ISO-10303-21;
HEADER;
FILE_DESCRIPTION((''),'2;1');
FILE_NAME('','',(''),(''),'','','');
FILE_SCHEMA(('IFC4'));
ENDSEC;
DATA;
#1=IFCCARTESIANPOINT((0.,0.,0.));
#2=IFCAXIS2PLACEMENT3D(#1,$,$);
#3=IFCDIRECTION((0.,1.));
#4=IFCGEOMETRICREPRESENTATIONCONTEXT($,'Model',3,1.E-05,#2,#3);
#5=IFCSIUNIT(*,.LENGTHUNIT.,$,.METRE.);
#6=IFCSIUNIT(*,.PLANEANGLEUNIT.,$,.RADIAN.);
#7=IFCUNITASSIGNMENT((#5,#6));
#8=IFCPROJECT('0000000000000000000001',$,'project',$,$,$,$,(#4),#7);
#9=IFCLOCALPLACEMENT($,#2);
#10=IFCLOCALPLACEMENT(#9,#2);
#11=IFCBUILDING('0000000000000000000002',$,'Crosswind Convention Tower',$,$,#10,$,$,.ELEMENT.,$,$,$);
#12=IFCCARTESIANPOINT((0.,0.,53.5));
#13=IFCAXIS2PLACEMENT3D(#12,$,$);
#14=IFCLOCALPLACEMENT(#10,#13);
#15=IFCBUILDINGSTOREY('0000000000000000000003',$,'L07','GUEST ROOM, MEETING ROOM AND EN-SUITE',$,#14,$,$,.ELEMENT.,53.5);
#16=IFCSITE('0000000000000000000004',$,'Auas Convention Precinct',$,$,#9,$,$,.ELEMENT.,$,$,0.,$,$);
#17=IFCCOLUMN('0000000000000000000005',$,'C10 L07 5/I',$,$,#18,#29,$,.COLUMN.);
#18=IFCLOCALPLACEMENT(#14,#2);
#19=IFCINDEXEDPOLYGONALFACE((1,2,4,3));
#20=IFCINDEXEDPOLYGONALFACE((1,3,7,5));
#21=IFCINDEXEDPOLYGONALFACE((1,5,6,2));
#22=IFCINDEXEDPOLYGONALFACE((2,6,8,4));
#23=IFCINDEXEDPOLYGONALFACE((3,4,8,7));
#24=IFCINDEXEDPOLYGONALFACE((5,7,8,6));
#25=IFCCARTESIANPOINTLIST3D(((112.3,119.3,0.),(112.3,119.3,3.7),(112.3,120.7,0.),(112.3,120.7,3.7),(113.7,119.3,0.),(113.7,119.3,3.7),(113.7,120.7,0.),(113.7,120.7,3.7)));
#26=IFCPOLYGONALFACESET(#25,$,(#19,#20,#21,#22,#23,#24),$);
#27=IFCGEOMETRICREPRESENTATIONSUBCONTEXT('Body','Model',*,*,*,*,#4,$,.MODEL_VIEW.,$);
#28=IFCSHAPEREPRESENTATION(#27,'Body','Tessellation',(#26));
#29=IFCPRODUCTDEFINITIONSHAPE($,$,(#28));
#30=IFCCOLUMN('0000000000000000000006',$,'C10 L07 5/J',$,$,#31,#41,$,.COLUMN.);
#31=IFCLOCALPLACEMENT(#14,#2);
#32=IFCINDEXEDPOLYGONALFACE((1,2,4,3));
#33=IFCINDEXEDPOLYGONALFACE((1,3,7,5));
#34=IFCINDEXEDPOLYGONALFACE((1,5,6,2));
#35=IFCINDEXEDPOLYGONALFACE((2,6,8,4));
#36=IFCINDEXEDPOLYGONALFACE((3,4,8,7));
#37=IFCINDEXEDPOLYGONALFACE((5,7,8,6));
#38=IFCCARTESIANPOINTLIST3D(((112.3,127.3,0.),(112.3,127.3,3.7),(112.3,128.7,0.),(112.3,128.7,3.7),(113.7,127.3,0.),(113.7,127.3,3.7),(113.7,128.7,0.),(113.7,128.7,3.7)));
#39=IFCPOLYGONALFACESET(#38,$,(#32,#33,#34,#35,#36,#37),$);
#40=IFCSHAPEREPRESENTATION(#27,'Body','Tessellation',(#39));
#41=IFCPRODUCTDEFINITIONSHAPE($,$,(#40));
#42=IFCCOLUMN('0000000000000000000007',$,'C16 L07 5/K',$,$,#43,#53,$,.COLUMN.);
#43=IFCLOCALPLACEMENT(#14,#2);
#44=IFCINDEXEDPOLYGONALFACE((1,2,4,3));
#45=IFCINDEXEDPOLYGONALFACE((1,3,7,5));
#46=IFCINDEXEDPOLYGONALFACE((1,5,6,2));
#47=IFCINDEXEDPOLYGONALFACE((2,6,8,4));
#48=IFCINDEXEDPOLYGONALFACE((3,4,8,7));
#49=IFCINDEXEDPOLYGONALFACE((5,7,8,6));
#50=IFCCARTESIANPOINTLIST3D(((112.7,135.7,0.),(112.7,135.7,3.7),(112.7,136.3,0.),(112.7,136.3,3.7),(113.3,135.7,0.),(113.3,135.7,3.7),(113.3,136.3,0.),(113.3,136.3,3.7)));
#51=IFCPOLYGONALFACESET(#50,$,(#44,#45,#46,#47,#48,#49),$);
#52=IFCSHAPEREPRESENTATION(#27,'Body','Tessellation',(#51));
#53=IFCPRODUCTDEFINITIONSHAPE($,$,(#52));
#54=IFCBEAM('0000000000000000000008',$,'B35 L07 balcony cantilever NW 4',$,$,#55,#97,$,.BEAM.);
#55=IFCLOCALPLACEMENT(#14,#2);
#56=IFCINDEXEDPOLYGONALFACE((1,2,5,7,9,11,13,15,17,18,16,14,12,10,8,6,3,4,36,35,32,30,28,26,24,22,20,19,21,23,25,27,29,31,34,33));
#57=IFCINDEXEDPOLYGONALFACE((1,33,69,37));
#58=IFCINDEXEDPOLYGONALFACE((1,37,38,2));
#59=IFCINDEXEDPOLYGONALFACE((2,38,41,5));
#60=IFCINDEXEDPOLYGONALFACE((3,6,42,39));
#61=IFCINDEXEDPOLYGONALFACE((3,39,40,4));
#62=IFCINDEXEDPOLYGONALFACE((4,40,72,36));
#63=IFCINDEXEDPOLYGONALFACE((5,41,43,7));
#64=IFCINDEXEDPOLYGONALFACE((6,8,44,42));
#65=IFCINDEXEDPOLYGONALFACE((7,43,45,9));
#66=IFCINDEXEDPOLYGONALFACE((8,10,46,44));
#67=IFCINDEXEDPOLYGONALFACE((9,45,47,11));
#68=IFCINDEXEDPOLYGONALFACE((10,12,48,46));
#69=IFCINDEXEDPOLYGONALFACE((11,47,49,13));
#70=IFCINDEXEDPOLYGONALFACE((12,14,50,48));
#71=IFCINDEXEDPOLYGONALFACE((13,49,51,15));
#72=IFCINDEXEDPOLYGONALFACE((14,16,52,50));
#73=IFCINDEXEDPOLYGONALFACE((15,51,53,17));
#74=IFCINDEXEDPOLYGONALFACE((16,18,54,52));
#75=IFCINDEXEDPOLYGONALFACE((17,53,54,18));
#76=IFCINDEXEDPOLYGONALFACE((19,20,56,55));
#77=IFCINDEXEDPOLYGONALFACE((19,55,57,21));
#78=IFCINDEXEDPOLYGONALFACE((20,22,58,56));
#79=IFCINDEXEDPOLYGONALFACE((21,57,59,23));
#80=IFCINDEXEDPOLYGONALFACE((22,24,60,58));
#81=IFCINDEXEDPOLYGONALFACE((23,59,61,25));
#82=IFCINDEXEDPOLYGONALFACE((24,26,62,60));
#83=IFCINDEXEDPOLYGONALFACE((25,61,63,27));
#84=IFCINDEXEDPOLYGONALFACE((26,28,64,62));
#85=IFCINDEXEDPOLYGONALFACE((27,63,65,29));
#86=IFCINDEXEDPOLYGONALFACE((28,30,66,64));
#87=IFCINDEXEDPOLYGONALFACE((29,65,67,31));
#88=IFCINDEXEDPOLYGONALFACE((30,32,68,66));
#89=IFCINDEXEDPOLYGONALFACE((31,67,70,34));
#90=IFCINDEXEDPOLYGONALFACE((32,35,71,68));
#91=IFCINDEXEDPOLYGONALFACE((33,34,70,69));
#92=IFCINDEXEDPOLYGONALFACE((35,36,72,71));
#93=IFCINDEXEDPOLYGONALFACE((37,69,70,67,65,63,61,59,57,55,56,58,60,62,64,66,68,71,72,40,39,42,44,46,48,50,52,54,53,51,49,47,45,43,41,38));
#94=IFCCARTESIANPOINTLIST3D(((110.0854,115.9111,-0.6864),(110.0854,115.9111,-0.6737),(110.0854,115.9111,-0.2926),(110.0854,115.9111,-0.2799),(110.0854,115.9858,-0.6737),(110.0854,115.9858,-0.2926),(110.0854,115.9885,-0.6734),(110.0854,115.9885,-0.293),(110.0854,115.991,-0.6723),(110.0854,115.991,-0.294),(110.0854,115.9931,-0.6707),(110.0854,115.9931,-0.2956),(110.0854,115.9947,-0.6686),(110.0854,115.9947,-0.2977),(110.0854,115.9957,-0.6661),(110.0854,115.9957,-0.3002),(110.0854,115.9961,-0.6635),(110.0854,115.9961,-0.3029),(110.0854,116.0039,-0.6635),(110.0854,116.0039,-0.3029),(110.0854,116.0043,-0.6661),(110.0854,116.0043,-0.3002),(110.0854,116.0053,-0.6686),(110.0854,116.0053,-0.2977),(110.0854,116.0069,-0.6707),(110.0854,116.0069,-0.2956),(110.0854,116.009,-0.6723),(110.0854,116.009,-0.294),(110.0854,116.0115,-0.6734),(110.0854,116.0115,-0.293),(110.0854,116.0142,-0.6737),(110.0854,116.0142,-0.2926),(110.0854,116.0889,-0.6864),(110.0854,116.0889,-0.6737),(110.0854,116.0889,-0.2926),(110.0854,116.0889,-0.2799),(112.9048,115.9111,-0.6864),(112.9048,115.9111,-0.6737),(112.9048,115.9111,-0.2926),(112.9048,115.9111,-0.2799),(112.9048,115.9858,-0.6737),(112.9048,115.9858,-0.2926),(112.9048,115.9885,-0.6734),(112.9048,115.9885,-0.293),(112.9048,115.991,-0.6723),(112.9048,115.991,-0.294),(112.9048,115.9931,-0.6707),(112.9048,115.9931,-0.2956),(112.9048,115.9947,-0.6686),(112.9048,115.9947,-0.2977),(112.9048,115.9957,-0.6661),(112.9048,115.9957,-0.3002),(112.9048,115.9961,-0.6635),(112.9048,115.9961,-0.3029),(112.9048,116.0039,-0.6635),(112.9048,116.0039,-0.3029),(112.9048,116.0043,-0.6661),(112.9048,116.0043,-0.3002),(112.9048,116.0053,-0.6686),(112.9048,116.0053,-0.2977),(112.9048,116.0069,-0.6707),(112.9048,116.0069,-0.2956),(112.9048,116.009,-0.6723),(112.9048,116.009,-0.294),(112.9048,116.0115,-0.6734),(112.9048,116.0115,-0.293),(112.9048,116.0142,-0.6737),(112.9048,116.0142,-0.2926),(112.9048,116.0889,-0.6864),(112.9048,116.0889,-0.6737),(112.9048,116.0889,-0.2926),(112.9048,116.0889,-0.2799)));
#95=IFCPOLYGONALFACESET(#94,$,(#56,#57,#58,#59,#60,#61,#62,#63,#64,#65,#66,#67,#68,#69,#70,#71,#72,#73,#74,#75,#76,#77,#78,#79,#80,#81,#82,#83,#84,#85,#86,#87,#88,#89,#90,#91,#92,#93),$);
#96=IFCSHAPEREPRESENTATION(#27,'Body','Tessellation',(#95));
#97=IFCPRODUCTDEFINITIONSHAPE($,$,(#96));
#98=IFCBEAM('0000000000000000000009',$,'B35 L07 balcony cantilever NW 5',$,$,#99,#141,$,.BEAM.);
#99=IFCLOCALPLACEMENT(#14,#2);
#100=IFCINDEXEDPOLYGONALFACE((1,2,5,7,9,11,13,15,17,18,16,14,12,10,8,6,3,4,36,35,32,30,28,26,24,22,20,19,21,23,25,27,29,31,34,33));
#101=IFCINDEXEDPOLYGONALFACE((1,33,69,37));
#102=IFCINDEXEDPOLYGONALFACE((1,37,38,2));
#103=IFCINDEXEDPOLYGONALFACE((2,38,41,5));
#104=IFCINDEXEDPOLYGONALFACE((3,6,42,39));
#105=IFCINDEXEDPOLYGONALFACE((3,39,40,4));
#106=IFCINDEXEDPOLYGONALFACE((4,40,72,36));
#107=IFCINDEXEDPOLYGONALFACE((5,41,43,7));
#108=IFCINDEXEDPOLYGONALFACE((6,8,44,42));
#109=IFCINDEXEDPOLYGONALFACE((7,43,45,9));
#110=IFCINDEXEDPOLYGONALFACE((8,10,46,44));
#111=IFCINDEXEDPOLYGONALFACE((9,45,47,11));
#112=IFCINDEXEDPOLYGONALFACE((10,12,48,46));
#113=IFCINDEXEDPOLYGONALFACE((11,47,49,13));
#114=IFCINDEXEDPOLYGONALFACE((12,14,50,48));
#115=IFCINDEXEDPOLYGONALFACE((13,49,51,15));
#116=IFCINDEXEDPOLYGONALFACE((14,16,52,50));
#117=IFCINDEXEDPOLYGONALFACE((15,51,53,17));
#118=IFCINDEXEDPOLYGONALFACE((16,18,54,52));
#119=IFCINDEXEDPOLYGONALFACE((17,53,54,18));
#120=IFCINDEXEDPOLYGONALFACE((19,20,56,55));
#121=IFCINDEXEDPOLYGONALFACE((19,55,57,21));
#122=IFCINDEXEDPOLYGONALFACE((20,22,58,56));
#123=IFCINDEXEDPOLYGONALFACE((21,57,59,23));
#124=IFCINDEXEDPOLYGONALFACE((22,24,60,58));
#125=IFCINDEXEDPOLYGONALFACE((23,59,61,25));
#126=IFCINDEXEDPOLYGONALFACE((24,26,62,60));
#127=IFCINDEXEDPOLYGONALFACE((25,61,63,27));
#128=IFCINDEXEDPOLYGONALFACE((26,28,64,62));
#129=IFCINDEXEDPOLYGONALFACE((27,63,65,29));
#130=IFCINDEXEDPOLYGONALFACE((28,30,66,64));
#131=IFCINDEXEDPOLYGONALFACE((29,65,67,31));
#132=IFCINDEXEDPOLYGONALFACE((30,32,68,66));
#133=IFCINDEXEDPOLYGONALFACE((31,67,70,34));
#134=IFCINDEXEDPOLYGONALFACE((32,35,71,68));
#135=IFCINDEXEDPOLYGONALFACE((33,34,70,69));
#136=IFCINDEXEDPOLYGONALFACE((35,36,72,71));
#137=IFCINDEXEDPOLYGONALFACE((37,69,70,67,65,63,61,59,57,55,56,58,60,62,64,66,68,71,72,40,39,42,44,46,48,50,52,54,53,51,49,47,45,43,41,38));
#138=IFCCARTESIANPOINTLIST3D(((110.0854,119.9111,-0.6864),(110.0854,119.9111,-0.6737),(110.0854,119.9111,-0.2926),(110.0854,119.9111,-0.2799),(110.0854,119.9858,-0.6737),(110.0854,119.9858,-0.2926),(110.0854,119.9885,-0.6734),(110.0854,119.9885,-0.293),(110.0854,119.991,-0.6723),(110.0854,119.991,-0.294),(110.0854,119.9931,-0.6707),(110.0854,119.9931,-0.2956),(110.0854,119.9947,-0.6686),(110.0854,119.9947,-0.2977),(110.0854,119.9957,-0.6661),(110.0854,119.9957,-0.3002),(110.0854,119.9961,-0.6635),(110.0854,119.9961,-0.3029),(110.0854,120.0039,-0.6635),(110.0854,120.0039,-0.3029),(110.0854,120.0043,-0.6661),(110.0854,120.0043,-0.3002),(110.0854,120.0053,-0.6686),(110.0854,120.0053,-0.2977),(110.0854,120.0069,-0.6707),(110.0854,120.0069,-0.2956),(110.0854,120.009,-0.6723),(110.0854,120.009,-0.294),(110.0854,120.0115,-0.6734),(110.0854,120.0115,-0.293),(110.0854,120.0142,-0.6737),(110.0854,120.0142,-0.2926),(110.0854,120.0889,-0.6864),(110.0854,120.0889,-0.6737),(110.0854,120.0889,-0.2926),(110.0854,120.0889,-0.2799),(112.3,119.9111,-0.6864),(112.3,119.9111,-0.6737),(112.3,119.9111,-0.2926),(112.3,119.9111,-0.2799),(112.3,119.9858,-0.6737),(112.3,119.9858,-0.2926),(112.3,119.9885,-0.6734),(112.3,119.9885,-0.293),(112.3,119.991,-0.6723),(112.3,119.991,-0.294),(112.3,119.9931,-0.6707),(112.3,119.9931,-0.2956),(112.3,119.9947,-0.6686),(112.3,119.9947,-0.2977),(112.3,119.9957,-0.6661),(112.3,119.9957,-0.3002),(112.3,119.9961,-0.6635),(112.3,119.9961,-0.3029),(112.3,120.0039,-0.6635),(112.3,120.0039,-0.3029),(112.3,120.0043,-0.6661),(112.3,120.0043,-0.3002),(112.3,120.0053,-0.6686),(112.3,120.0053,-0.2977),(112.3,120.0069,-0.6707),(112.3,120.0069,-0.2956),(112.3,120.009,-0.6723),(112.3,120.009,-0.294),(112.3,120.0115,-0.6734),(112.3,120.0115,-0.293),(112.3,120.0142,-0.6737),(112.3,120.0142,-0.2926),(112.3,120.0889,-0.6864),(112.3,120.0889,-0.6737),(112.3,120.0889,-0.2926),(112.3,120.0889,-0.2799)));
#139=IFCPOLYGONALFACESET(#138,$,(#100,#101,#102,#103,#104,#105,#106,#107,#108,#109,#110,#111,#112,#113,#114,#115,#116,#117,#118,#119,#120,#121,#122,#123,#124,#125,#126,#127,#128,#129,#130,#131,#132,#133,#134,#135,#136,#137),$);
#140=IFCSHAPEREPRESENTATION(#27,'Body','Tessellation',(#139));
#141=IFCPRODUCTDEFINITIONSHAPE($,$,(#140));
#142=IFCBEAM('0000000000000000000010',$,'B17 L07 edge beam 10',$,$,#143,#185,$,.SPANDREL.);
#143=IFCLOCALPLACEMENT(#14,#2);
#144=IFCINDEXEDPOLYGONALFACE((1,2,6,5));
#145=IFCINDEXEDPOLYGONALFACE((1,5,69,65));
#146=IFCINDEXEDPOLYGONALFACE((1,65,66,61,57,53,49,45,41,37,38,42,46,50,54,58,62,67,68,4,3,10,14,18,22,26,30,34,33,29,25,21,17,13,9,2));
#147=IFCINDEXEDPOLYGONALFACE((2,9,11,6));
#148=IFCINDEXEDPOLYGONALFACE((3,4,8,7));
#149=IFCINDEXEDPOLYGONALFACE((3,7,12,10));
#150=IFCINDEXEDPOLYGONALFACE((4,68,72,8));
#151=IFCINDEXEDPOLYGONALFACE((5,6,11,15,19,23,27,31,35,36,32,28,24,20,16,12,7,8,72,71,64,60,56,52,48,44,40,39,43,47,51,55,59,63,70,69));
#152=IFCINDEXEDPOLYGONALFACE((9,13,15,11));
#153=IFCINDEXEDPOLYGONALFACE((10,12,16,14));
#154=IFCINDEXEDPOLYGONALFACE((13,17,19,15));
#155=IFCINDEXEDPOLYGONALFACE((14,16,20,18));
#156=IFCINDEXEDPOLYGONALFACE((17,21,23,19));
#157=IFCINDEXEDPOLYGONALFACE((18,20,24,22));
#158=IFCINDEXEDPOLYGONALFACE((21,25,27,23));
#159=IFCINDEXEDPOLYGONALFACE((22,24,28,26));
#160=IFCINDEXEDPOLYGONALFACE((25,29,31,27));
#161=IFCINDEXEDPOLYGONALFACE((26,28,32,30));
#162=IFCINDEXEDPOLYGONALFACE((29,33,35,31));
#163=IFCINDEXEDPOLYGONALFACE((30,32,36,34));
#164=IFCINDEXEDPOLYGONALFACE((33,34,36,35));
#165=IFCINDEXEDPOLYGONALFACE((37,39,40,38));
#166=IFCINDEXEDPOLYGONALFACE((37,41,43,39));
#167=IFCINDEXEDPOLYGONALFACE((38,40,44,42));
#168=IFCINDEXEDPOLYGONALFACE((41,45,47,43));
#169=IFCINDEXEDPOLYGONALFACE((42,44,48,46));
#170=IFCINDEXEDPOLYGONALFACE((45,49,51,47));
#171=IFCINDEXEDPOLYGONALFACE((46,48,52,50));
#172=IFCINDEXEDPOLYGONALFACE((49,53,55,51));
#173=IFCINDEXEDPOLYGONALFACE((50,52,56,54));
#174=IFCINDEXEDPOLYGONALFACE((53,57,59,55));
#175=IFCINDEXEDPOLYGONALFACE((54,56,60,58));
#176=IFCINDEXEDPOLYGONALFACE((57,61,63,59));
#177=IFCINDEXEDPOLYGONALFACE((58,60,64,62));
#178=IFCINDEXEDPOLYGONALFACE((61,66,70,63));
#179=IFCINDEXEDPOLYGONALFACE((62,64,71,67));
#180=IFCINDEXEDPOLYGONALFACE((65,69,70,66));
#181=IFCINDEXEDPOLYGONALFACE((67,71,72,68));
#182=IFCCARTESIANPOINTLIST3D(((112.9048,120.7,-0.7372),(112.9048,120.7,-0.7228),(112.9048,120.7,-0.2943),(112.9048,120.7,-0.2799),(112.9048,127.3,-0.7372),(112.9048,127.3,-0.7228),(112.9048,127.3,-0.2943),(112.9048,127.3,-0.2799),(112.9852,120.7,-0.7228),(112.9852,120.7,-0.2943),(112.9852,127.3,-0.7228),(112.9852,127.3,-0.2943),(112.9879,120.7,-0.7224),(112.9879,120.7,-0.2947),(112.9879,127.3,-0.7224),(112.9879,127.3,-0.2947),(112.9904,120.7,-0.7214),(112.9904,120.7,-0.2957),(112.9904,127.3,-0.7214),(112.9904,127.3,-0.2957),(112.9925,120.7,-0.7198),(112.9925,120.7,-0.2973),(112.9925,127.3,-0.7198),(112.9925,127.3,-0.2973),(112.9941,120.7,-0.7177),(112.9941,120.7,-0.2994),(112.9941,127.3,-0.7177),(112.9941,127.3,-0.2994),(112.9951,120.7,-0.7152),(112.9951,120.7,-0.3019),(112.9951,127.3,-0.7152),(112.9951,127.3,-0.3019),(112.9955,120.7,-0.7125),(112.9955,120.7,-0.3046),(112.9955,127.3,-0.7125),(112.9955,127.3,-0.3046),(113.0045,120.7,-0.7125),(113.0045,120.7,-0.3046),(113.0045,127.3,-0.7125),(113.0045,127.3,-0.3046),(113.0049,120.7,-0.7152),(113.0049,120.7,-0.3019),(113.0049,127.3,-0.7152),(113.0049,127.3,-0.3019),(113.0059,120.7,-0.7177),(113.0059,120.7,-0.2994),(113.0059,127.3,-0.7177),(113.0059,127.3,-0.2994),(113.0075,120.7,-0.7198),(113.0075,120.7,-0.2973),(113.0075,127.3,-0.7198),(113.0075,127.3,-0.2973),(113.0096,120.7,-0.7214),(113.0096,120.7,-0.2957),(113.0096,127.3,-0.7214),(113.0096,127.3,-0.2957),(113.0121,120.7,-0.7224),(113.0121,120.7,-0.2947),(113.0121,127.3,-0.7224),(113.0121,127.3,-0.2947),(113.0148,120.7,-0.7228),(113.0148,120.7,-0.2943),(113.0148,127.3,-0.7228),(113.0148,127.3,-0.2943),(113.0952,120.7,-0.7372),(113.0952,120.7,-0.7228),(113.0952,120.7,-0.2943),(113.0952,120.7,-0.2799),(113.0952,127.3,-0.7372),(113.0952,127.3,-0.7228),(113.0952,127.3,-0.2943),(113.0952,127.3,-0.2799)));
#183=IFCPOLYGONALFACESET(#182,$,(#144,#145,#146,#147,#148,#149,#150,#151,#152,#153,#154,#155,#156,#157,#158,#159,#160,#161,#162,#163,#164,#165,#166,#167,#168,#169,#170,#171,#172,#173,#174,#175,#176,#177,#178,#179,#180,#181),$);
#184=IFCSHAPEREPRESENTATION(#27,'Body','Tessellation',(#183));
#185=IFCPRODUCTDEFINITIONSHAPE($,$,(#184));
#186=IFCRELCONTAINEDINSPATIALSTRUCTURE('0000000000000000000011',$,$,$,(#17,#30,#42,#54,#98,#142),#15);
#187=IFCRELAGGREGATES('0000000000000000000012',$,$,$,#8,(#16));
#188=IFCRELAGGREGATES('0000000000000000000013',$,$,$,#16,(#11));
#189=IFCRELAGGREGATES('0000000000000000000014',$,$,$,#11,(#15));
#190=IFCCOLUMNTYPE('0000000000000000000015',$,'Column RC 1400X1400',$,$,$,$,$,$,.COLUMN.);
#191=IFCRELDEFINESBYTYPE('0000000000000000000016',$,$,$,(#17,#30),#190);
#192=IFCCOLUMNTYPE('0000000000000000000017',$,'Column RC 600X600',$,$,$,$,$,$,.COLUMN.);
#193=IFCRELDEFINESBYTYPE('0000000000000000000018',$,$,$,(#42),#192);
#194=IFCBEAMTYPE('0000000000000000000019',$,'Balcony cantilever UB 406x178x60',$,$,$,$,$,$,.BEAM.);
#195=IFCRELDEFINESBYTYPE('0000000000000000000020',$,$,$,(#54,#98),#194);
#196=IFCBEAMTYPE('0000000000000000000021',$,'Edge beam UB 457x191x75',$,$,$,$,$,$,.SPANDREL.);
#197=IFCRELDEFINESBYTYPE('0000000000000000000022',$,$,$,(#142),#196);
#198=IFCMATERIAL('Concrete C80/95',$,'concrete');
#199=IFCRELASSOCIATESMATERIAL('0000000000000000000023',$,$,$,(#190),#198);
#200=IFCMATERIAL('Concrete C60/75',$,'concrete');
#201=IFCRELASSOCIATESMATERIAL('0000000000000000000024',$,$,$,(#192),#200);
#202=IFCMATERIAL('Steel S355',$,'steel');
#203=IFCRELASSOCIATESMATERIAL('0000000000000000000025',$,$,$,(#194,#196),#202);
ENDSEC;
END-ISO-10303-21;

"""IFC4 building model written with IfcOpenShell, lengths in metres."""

from ifc_helpers import new_model, si_unit, direction, frame, origin, origin_2d, place, context, subcontext, project, spatial, rectangle, i_section, extrude, material, material_profile, profile_set, type_object, element, save


model = new_model("IFC4")

# Units and contexts
model_context = context("Model", 3, precision=1e-05, world=origin(), true_north=direction((0.0, 1.0)))
body_context = subcontext(model_context, "Body", "Model", "MODEL_VIEW")
ifc_project = project(units=[si_unit("LENGTHUNIT", "METRE"), si_unit("PLANEANGLEUNIT", "RADIAN")], contexts=[model_context])

# Site, building, storey
site_placement = place(None, origin())
site = spatial("IfcSite", under=ifc_project, at=site_placement, Name="Auas Convention Precinct", CompositionType="ELEMENT", RefElevation=0.0)
building_placement = place(site_placement, origin())
building = spatial("IfcBuilding", under=site, at=building_placement, Name="Crosswind Convention Tower", CompositionType="ELEMENT")
storey_placement = place(building_placement, frame((0.0, 0.0, 53.5)))
storey = spatial("IfcBuildingStorey", under=building, at=storey_placement, Name="L07", Description="GUEST ROOM, MEETING ROOM AND EN-SUITE", CompositionType="ELEMENT", Elevation=53.5)

# Columns
ifc_material_1 = material(Name="Concrete C80/95", Category="concrete")
ifc_material_profile_1 = material_profile(ifc_material_1, rectangle(XDim=1.3999, YDim=1.3999, at=origin_2d()), Name="RC 1400X1400")
ifc_profile_set_1 = profile_set([ifc_material_profile_1], Name="Concrete C80/95")
column_type_1 = type_object("IfcColumnType", Name="Column RC 1400X1400", PredefinedType="COLUMN", material=ifc_profile_set_1)
for number, where, z_axis, x_axis, name in (
    (1, (113.0, 120.0, 0.0), (0.0, 0.0, 1.0), (1.0, 0.0, 0.0), "C10 L07 5/I"),
    (2, (113.0, 128.0, 0.0), (0.0, 0.0, 1.0), (1.0, 0.0, 0.0), "C10 L07 5/J"),
):
    element("IfcColumn", number, at=place(storey_placement, frame(where, z_axis=z_axis, x_axis=x_axis)), inside=storey, type_object=column_type_1, Name=name, PredefinedType="COLUMN", context=body_context, shape_type="SweptSolid", body=[
        extrude(rectangle(XDim=1.3999, YDim=1.3999, at=origin_2d()), origin(), (0.0, 0.0, 1.0), 3.7),
    ])
ifc_material_2 = material(Name="Concrete C60/75", Category="concrete")
ifc_material_profile_2 = material_profile(ifc_material_2, rectangle(XDim=0.6001, YDim=0.6001, at=origin_2d()), Name="RC 600X600")
ifc_profile_set_2 = profile_set([ifc_material_profile_2], Name="Concrete C60/75")
column_type_2 = type_object("IfcColumnType", Name="Column RC 600X600", PredefinedType="COLUMN", material=ifc_profile_set_2)
column_placement = place(storey_placement, frame((113.0, 136.0, 0.0), z_axis=(0.0, 0.0, 1.0), x_axis=(1.0, 0.0, 0.0)))
element("IfcColumn", 3, at=column_placement, inside=storey, type_object=column_type_2, Name="C16 L07 5/K", PredefinedType="COLUMN", context=body_context, shape_type="SweptSolid", body=[
    extrude(rectangle(XDim=0.6001, YDim=0.6001, at=origin_2d()), origin(), (0.0, 0.0, 1.0), 3.7),
])

# Beams
ifc_material_3 = material(Name="Steel S355", Category="steel")
ifc_material_profile_3 = material_profile(ifc_material_3, i_section(OverallWidth=0.1777, OverallDepth=0.4065, WebThickness=0.0078, FlangeThickness=0.0127, FilletRadius=0.0103, at=origin_2d()), Name="UB 406x178x60")
ifc_profile_set_3 = profile_set([ifc_material_profile_3], Name="Steel S355")
beam_type_1 = type_object("IfcBeamType", Name="Balcony cantilever UB 406x178x60", PredefinedType="BEAM", material=ifc_profile_set_3)
beam_1_placement = place(storey_placement, frame((112.9048, 116.0, -0.4832), z_axis=(-1.0, 0.0, 0.0), x_axis=(0.0, -1.0, 0.0)))
element("IfcBeam", 4, at=beam_1_placement, inside=storey, type_object=beam_type_1, Name="B35 L07 balcony cantilever NW 4", PredefinedType="BEAM", context=body_context, shape_type="SweptSolid", body=[
    extrude(i_section(OverallWidth=0.1777, OverallDepth=0.4065, WebThickness=0.0078, FlangeThickness=0.0127, FilletRadius=0.0103, at=origin_2d()), origin(), (0.0, 0.0, 1.0), 2.8193),
])
beam_2_placement = place(storey_placement, frame((112.3, 120.0, -0.4832), z_axis=(-1.0, 0.0, 0.0), x_axis=(0.0, -1.0, 0.0)))
element("IfcBeam", 5, at=beam_2_placement, inside=storey, type_object=beam_type_1, Name="B35 L07 balcony cantilever NW 5", PredefinedType="BEAM", context=body_context, shape_type="SweptSolid", body=[
    extrude(i_section(OverallWidth=0.1777, OverallDepth=0.4065, WebThickness=0.0078, FlangeThickness=0.0127, FilletRadius=0.0103, at=origin_2d()), origin(), (0.0, 0.0, 1.0), 2.2146),
])
ifc_material_profile_4 = material_profile(ifc_material_3, i_section(OverallWidth=0.1904, OverallDepth=0.4573, WebThickness=0.009, FlangeThickness=0.0144, FilletRadius=0.0103, at=origin_2d()), Name="UB 457x191x75")
ifc_profile_set_4 = profile_set([ifc_material_profile_4], Name="Steel S355")
beam_type_2 = type_object("IfcBeamType", Name="Edge beam UB 457x191x75", PredefinedType="SPANDREL", material=ifc_profile_set_4)
beam_3_placement = place(storey_placement, frame((113.0, 120.7, -0.5085), z_axis=(0.0, 1.0, 0.0), x_axis=(-1.0, 0.0, 0.0)))
element("IfcBeam", 6, at=beam_3_placement, inside=storey, type_object=beam_type_2, Name="B17 L07 edge beam 10", PredefinedType="SPANDREL", context=body_context, shape_type="SweptSolid", body=[
    extrude(i_section(OverallWidth=0.1904, OverallDepth=0.4573, WebThickness=0.009, FlangeThickness=0.0144, FilletRadius=0.0103, at=origin_2d()), origin(), (0.0, 0.0, 1.0), 6.6001),
])

save(model, "model.ifc")
